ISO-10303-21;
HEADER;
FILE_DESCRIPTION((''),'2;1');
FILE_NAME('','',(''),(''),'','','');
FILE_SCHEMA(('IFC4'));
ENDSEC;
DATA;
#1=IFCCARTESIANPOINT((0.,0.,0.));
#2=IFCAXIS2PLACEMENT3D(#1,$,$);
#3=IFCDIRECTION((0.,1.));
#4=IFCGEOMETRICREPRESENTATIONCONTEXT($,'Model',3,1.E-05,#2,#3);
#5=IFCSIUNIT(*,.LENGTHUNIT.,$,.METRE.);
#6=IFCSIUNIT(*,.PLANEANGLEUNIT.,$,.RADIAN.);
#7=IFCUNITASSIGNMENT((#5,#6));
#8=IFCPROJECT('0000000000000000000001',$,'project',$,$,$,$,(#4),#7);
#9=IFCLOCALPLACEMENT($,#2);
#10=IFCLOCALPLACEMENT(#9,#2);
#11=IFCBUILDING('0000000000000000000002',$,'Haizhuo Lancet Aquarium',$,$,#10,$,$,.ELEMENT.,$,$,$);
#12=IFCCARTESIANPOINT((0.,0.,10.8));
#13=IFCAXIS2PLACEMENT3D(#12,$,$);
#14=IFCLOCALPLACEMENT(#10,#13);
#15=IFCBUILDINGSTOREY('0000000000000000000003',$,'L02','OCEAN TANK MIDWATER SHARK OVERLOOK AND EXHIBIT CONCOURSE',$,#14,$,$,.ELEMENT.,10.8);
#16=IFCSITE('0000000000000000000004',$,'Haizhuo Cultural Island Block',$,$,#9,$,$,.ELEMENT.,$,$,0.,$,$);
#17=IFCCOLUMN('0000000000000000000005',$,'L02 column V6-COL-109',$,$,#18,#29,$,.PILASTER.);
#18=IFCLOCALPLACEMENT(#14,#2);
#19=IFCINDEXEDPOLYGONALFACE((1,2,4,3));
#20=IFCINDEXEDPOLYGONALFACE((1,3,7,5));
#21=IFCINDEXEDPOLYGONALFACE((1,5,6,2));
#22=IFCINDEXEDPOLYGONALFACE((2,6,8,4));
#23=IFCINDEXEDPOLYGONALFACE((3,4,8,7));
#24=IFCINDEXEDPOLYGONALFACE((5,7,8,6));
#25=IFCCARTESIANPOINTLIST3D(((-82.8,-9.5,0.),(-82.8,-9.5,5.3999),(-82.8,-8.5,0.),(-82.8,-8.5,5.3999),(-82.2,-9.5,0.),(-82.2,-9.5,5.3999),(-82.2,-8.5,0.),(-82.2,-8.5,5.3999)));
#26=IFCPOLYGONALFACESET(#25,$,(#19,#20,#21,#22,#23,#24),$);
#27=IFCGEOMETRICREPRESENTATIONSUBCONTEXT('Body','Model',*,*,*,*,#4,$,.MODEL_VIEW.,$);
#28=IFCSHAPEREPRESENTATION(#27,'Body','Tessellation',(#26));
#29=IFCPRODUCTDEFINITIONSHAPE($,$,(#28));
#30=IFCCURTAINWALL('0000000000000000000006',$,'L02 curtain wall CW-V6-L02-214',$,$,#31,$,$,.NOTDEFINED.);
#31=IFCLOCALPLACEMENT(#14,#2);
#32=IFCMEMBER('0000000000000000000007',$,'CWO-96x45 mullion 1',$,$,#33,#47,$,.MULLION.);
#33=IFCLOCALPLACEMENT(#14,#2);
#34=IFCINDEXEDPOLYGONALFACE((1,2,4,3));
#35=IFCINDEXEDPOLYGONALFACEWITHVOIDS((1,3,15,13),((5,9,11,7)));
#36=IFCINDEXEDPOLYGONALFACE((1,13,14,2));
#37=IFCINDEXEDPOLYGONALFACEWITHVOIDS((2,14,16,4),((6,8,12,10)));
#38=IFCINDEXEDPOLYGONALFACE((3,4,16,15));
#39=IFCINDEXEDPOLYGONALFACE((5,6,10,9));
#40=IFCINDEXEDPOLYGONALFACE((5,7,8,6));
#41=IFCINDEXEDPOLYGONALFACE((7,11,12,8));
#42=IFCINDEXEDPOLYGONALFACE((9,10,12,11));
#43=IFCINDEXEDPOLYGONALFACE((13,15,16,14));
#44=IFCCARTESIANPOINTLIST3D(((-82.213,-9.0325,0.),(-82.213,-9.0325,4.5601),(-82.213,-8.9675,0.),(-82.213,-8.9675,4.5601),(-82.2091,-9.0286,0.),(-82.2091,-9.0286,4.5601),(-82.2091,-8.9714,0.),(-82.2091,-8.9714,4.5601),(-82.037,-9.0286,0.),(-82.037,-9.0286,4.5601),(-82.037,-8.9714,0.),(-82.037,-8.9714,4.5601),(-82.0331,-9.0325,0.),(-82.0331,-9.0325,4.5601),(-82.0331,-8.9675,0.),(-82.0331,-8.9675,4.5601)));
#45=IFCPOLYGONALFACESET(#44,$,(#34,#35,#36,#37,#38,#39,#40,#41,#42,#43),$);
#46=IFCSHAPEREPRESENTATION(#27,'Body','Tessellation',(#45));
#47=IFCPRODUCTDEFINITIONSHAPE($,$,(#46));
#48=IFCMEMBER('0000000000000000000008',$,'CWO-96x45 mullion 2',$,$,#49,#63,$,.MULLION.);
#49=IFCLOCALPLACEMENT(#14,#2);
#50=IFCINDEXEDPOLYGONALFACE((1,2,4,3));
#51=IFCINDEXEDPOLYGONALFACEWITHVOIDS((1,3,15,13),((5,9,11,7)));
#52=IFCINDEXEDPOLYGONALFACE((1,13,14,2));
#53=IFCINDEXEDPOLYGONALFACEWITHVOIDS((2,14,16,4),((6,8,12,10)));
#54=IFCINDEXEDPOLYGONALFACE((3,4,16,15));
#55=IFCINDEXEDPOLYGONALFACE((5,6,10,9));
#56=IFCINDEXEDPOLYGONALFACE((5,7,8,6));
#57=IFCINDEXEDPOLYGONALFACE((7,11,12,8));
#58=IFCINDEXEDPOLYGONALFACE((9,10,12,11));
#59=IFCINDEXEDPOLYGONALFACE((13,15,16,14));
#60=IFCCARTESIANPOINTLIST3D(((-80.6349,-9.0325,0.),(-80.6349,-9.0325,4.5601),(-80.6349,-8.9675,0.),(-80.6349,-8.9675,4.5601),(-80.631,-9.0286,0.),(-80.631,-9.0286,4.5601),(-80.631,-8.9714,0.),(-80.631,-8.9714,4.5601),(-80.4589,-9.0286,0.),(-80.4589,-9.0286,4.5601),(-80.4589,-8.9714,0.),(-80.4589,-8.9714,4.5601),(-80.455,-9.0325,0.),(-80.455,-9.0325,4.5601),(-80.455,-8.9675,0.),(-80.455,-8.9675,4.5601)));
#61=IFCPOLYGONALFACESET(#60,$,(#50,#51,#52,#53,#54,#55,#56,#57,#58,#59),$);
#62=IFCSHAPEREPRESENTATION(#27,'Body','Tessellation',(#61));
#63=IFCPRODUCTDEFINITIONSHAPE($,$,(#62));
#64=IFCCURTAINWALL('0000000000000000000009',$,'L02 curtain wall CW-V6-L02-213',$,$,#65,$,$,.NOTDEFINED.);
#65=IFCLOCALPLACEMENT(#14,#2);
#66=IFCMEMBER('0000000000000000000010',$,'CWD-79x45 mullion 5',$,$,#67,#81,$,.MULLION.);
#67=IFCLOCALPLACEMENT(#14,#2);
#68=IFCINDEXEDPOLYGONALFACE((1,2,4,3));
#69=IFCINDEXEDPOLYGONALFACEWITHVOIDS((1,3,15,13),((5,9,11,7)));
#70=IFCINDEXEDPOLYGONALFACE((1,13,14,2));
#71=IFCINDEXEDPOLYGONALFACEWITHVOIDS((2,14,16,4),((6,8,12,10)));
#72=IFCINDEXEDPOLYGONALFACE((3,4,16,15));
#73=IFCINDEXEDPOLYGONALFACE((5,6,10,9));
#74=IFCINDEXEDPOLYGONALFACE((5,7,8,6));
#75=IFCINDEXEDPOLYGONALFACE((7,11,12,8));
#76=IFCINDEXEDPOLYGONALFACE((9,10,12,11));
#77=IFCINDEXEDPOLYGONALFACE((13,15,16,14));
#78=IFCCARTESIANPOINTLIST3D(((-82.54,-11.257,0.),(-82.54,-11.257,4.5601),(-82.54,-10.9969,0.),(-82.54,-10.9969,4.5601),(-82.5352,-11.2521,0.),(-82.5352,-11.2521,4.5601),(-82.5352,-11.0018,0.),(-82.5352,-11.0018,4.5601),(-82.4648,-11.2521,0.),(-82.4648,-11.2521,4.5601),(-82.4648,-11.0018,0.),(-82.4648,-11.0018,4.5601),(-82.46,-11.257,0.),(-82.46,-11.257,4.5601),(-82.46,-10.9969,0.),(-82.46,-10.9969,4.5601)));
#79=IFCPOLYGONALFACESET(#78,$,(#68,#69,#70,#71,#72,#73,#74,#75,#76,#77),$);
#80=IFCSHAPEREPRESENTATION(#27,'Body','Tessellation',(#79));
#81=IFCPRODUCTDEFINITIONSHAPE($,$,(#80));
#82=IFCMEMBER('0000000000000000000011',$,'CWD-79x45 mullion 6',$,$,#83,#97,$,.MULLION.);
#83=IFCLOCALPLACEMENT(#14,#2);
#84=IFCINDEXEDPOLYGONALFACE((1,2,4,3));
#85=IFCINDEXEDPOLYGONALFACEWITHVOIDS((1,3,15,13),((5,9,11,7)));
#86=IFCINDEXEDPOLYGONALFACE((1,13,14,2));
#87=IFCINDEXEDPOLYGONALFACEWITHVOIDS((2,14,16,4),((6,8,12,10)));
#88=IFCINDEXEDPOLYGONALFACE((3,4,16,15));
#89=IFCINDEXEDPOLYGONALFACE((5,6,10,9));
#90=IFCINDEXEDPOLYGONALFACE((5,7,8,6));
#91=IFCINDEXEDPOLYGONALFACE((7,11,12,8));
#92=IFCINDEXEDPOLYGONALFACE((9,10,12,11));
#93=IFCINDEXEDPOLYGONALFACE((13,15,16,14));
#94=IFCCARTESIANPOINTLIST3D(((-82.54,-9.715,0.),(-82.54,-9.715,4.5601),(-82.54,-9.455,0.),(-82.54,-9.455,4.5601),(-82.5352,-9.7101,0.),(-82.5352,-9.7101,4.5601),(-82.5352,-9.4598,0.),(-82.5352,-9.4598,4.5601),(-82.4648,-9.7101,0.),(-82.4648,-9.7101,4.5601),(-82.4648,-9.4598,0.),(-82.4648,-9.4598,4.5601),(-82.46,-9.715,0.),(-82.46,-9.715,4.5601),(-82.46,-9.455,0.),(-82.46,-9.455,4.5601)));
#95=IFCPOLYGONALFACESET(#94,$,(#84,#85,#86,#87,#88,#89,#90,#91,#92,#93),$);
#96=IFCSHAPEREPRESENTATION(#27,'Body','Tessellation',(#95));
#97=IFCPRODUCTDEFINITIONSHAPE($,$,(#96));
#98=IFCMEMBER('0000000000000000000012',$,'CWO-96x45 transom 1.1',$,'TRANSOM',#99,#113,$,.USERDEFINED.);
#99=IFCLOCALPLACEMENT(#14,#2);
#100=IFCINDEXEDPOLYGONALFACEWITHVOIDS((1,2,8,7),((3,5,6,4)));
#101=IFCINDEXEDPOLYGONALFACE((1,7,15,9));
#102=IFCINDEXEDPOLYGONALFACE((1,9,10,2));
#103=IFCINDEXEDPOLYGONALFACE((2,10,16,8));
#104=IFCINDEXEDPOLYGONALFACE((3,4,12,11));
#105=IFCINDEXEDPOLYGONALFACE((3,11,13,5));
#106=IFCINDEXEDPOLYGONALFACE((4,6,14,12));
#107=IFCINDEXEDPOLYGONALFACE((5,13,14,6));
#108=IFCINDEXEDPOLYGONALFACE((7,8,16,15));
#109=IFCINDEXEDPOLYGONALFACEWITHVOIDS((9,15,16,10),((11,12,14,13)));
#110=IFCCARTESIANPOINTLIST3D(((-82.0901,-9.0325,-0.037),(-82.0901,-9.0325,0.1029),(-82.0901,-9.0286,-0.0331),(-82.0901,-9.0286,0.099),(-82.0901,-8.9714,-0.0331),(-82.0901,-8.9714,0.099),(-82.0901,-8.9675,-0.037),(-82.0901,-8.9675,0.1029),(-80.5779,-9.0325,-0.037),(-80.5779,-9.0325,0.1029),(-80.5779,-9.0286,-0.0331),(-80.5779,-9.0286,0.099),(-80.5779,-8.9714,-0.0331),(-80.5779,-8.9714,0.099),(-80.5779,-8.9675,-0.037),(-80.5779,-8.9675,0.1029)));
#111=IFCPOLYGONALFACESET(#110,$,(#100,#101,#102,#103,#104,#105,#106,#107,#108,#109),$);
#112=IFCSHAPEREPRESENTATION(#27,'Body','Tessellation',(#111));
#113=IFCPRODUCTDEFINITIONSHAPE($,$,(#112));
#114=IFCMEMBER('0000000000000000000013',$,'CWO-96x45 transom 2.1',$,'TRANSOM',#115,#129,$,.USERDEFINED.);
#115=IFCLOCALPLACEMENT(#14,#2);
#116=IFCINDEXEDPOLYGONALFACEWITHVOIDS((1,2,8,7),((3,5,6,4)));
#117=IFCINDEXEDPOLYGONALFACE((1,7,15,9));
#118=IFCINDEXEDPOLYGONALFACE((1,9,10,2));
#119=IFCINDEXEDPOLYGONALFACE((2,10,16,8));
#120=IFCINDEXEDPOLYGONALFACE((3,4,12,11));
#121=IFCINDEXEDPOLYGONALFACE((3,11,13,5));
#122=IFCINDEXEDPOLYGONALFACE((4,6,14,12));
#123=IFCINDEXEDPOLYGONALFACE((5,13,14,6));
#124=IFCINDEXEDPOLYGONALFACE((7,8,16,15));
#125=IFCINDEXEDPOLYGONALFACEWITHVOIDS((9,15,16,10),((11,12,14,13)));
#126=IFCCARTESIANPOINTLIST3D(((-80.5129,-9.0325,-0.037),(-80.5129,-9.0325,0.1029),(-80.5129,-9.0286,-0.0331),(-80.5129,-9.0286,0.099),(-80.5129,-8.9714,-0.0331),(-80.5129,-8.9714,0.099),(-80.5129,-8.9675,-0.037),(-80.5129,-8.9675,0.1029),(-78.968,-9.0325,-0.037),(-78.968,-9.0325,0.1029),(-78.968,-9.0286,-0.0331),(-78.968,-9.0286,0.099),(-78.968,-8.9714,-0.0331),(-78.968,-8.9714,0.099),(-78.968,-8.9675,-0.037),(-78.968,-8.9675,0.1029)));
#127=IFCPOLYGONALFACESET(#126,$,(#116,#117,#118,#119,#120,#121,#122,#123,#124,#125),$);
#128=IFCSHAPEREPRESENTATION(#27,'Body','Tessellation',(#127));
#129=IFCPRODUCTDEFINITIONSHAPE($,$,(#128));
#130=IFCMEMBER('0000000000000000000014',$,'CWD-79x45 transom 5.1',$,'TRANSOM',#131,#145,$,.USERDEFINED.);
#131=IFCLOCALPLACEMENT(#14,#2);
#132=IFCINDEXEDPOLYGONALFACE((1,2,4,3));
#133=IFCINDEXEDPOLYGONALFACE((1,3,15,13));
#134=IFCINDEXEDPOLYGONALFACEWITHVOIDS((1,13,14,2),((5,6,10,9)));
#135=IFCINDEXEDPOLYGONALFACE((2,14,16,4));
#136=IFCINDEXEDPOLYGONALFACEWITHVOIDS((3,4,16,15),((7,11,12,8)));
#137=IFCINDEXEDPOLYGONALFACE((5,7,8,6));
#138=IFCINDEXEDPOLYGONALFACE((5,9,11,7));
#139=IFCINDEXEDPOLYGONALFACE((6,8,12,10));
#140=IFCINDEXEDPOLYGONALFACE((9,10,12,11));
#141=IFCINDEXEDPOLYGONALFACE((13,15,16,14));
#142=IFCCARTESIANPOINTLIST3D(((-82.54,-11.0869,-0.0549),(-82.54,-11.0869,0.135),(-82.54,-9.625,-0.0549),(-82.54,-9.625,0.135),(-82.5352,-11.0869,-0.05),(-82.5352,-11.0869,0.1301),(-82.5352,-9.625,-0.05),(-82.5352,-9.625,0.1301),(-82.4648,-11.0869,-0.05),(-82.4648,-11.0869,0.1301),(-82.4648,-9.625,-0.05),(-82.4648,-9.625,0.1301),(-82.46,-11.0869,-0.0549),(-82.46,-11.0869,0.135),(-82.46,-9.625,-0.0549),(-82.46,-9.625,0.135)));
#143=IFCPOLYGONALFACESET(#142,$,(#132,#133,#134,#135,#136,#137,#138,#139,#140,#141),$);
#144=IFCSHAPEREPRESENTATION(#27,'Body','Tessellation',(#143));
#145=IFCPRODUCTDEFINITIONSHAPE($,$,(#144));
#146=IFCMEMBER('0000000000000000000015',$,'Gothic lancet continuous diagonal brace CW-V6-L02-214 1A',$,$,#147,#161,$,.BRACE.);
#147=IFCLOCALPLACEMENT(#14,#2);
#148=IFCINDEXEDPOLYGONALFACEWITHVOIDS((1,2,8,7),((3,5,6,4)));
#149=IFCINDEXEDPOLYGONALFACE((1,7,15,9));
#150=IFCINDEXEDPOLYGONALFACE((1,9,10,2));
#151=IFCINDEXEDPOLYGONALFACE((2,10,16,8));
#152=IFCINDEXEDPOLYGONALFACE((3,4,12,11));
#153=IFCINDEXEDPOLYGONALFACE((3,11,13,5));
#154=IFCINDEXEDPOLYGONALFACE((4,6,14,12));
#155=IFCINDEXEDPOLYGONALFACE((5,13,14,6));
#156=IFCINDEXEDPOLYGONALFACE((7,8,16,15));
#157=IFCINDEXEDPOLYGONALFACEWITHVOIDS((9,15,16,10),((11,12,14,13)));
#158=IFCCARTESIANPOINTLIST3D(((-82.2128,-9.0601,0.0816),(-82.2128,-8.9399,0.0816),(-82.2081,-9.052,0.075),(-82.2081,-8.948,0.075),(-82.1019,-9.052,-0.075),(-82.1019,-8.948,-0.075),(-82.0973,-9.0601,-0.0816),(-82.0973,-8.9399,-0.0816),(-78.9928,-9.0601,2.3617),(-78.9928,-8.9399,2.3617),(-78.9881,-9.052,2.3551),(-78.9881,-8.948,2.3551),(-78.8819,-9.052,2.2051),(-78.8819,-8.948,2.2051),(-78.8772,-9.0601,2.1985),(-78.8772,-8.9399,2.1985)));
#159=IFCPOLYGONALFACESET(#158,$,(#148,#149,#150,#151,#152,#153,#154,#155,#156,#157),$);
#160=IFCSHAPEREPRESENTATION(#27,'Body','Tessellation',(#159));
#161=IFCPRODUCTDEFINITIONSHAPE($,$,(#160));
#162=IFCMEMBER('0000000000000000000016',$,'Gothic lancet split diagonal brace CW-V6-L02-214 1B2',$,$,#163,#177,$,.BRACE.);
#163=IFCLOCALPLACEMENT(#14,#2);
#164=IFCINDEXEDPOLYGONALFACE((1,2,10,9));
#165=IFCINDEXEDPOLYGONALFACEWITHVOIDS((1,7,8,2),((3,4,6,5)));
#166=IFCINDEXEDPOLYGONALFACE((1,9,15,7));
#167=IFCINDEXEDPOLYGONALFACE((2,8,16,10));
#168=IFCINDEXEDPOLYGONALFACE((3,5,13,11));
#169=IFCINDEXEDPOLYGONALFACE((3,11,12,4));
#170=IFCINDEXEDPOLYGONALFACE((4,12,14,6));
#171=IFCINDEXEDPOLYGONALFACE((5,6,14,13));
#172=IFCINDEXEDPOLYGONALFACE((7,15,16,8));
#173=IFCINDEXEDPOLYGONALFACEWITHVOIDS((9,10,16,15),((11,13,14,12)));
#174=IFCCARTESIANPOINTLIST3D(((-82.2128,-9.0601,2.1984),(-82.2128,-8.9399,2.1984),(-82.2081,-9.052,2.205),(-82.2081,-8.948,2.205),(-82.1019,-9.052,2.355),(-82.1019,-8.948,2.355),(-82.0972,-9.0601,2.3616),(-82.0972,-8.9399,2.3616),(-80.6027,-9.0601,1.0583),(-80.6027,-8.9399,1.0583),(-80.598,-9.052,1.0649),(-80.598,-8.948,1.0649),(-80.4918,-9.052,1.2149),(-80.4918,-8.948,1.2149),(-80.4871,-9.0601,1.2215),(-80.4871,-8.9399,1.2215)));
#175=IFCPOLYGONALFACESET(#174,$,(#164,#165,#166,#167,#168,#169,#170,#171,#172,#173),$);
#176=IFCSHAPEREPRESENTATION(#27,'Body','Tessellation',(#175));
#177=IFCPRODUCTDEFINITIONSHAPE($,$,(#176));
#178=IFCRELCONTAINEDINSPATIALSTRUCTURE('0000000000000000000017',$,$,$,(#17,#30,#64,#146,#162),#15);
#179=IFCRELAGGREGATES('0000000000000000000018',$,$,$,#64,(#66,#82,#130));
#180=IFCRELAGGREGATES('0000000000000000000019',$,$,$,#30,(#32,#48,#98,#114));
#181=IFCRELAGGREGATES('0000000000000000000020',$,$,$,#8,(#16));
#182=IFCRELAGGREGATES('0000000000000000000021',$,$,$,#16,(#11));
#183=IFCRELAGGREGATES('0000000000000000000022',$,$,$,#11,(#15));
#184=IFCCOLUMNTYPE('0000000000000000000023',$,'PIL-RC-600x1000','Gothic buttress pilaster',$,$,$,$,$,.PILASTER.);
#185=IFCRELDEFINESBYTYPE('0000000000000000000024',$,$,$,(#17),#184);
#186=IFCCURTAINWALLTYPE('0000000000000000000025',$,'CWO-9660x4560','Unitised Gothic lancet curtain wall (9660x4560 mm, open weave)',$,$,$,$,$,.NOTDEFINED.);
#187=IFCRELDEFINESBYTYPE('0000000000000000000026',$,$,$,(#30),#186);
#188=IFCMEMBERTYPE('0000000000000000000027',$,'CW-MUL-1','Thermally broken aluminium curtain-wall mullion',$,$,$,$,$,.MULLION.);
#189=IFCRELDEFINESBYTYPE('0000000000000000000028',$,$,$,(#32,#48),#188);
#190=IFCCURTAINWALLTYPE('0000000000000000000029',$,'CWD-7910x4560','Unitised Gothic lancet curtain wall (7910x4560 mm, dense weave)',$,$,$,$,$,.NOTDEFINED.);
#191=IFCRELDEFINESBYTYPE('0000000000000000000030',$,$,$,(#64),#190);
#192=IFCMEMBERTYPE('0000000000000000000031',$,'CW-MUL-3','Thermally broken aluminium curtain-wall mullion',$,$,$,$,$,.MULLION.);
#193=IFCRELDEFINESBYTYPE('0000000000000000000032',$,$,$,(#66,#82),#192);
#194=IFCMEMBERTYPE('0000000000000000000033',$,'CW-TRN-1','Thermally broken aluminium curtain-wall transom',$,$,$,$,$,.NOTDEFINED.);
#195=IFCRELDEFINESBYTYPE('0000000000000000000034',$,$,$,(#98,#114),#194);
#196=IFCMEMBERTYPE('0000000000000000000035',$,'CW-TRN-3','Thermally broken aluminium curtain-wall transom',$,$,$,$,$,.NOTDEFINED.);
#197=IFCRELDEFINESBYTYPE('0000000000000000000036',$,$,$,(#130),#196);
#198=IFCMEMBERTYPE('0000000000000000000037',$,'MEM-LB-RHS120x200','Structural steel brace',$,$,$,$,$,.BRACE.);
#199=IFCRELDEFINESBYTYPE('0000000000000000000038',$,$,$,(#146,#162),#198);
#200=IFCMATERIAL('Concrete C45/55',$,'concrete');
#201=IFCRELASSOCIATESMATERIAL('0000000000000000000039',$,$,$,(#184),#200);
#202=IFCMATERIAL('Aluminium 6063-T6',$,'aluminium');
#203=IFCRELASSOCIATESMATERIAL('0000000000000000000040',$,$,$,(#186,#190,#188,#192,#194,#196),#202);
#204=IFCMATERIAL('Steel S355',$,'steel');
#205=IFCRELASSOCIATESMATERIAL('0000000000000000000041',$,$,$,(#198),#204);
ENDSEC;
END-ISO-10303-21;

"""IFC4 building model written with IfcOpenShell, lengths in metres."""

from ifc_helpers import new_model, si_unit, direction, frame, origin, origin_2d, place, context, subcontext, project, spatial, rectangle, hollow_rectangle, extrude, material, material_profile, profile_set, type_object, element, aggregate, save


model = new_model("IFC4")

# Units and contexts
model_context = context("Model", 3, precision=1e-05, world=origin(), true_north=direction((0.0, 1.0)))
body_context = subcontext(model_context, "Body", "Model", "MODEL_VIEW")
ifc_project = project(units=[si_unit("LENGTHUNIT", "METRE"), si_unit("PLANEANGLEUNIT", "RADIAN")], contexts=[model_context])

# Site, building, storey
site_placement = place(None, origin())
site = spatial("IfcSite", under=ifc_project, at=site_placement, Name="Haizhuo Cultural Island Block", CompositionType="ELEMENT", RefElevation=0.0)
building_placement = place(site_placement, origin())
building = spatial("IfcBuilding", under=site, at=building_placement, Name="Haizhuo Lancet Aquarium", CompositionType="ELEMENT")
storey_placement = place(building_placement, frame((0.0, 0.0, 10.8)))
storey = spatial("IfcBuildingStorey", under=building, at=storey_placement, Name="L02", Description="OCEAN TANK MIDWATER SHARK OVERLOOK AND EXHIBIT CONCOURSE", CompositionType="ELEMENT", Elevation=10.8)

# Column
ifc_material_1 = material(Name="Concrete C45/55", Category="concrete")
ifc_material_profile_1 = material_profile(ifc_material_1, rectangle(XDim=0.6001, YDim=1.0, at=origin_2d()), Name="RC-PIL 600x1000")
ifc_profile_set_1 = profile_set([ifc_material_profile_1], Name="Concrete C45/55")
column_type = type_object("IfcColumnType", Name="PIL-RC-600x1000", Description="Gothic buttress pilaster", PredefinedType="PILASTER", material=ifc_profile_set_1)
column_placement = place(storey_placement, frame((-82.5, -9.0, 0.0), z_axis=(0.0, 0.0, 1.0), x_axis=(1.0, 0.0, 0.0)))
element("IfcColumn", 1, at=column_placement, inside=storey, type_object=column_type, Name="L02 column V6-COL-109", PredefinedType="PILASTER", context=body_context, shape_type="SweptSolid", body=[
    extrude(rectangle(XDim=0.6001, YDim=1.0, at=origin_2d()), origin(), (0.0, 0.0, 1.0), 5.3999),
])

# Curtain walls, members
ifc_material_2 = material(Name="Aluminium 6063-T6", Category="aluminium")
curtain_wall_type_1 = type_object("IfcCurtainWallType", Name="CWO-9660x4560", Description="Unitised Gothic lancet curtain wall (9660x4560 mm, open weave)", PredefinedType="NOTDEFINED", material=ifc_material_2)
curtain_wall_1_placement = place(storey_placement, origin())
curtain_wall_1 = element("IfcCurtainWall", 2, at=curtain_wall_1_placement, inside=storey, type_object=curtain_wall_type_1, Name="L02 curtain wall CW-V6-L02-214", PredefinedType="NOTDEFINED")
ifc_material_profile_2 = material_profile(ifc_material_2, hollow_rectangle(XDim=0.0649, YDim=0.1799, WallThickness=0.0039, at=origin_2d()), Name="ALU-M 65x180x4")
ifc_profile_set_2 = profile_set([ifc_material_profile_2], Name="Aluminium 6063-T6")
member_type_1 = type_object("IfcMemberType", Name="CW-MUL-1", Description="Thermally broken aluminium curtain-wall mullion", PredefinedType="MULLION", material=ifc_profile_set_2)
member_1_placement = place(storey_placement, frame((-82.123, -9.0, 0.0), z_axis=(0.0, 0.0, 1.0), x_axis=(0.0, 1.0, 0.0)))
member_1 = element("IfcMember", 3, at=member_1_placement, type_object=member_type_1, Name="CWO-96x45 mullion 1", PredefinedType="MULLION", context=body_context, shape_type="SweptSolid", body=[
    extrude(hollow_rectangle(XDim=0.0649, YDim=0.1799, WallThickness=0.0039, at=origin_2d()), origin(), (0.0, 0.0, 1.0), 4.5601),
])
member_2_placement = place(storey_placement, frame((-80.5449, -9.0, 0.0), z_axis=(0.0, 0.0, 1.0), x_axis=(0.0, 1.0, 0.0)))
member_2 = element("IfcMember", 4, at=member_2_placement, type_object=member_type_1, Name="CWO-96x45 mullion 2", PredefinedType="MULLION", context=body_context, shape_type="SweptSolid", body=[
    extrude(hollow_rectangle(XDim=0.0649, YDim=0.1799, WallThickness=0.0039, at=origin_2d()), origin(), (0.0, 0.0, 1.0), 4.5601),
])
curtain_wall_type_2 = type_object("IfcCurtainWallType", Name="CWD-7910x4560", Description="Unitised Gothic lancet curtain wall (7910x4560 mm, dense weave)", PredefinedType="NOTDEFINED", material=ifc_material_2)
curtain_wall_2_placement = place(storey_placement, origin())
curtain_wall_2 = element("IfcCurtainWall", 5, at=curtain_wall_2_placement, inside=storey, type_object=curtain_wall_type_2, Name="L02 curtain wall CW-V6-L02-213", PredefinedType="NOTDEFINED")
ifc_material_profile_3 = material_profile(ifc_material_2, hollow_rectangle(XDim=0.0801, YDim=0.26, WallThickness=0.0049, at=origin_2d()), Name="ALU-M 80x260x5")
ifc_profile_set_3 = profile_set([ifc_material_profile_3], Name="Aluminium 6063-T6")
member_type_2 = type_object("IfcMemberType", Name="CW-MUL-3", Description="Thermally broken aluminium curtain-wall mullion", PredefinedType="MULLION", material=ifc_profile_set_3)
member_3_placement = place(storey_placement, frame((-82.5, -11.127, 0.0), z_axis=(0.0, 0.0, 1.0), x_axis=(-1.0, 0.0, 0.0)))
member_3 = element("IfcMember", 6, at=member_3_placement, type_object=member_type_2, Name="CWD-79x45 mullion 5", PredefinedType="MULLION", context=body_context, shape_type="SweptSolid", body=[
    extrude(hollow_rectangle(XDim=0.0801, YDim=0.26, WallThickness=0.0049, at=origin_2d()), origin(), (0.0, 0.0, 1.0), 4.5601),
])
member_4_placement = place(storey_placement, frame((-82.5, -9.585, 0.0), z_axis=(0.0, 0.0, 1.0), x_axis=(-1.0, 0.0, 0.0)))
member_4 = element("IfcMember", 7, at=member_4_placement, type_object=member_type_2, Name="CWD-79x45 mullion 6", PredefinedType="MULLION", context=body_context, shape_type="SweptSolid", body=[
    extrude(hollow_rectangle(XDim=0.0801, YDim=0.26, WallThickness=0.0049, at=origin_2d()), origin(), (0.0, 0.0, 1.0), 4.5601),
])

# Members
ifc_material_profile_4 = material_profile(ifc_material_2, hollow_rectangle(XDim=0.0649, YDim=0.1399, WallThickness=0.0039, at=origin_2d()), Name="ALU-T 65x140x4")
ifc_profile_set_4 = profile_set([ifc_material_profile_4], Name="Aluminium 6063-T6")
member_type_3 = type_object("IfcMemberType", Name="CW-TRN-1", Description="Thermally broken aluminium curtain-wall transom", PredefinedType="NOTDEFINED", material=ifc_profile_set_4)
member_5_placement = place(storey_placement, frame((-82.0901, -9.0, 0.033), z_axis=(1.0, 0.0, 0.0), x_axis=(0.0, 1.0, 0.0)))
member_5 = element("IfcMember", 8, at=member_5_placement, type_object=member_type_3, Name="CWO-96x45 transom 1.1", ObjectType="TRANSOM", PredefinedType="USERDEFINED", context=body_context, shape_type="SweptSolid", body=[
    extrude(hollow_rectangle(XDim=0.0649, YDim=0.1399, WallThickness=0.0039, at=origin_2d()), origin(), (0.0, 0.0, 1.0), 1.5122),
])
member_6_placement = place(storey_placement, frame((-80.5129, -9.0, 0.033), z_axis=(1.0, 0.0, 0.0), x_axis=(0.0, 1.0, 0.0)))
member_6 = element("IfcMember", 9, at=member_6_placement, type_object=member_type_3, Name="CWO-96x45 transom 2.1", ObjectType="TRANSOM", PredefinedType="USERDEFINED", context=body_context, shape_type="SweptSolid", body=[
    extrude(hollow_rectangle(XDim=0.0649, YDim=0.1399, WallThickness=0.0039, at=origin_2d()), origin(), (0.0, 0.0, 1.0), 1.5449),
])
ifc_material_profile_5 = material_profile(ifc_material_2, hollow_rectangle(XDim=0.0801, YDim=0.1899, WallThickness=0.0049, at=origin_2d()), Name="ALU-T 80x190x5")
ifc_profile_set_5 = profile_set([ifc_material_profile_5], Name="Aluminium 6063-T6")
member_type_4 = type_object("IfcMemberType", Name="CW-TRN-3", Description="Thermally broken aluminium curtain-wall transom", PredefinedType="NOTDEFINED", material=ifc_profile_set_5)
member_7_placement = place(storey_placement, frame((-82.5, -11.0869, 0.04), z_axis=(0.0, 1.0, 0.0), x_axis=(-1.0, 0.0, 0.0)))
member_7 = element("IfcMember", 10, at=member_7_placement, type_object=member_type_4, Name="CWD-79x45 transom 5.1", ObjectType="TRANSOM", PredefinedType="USERDEFINED", context=body_context, shape_type="SweptSolid", body=[
    extrude(hollow_rectangle(XDim=0.0801, YDim=0.1899, WallThickness=0.0049, at=origin_2d()), origin(), (0.0, 0.0, 1.0), 1.4619),
])

# Members
ifc_material_3 = material(Name="Steel S355", Category="steel")
ifc_material_profile_6 = material_profile(ifc_material_3, hollow_rectangle(XDim=0.1201, YDim=0.2, WallThickness=0.0081, at=origin_2d()), Name="RHS 120x200x8")
ifc_profile_set_6 = profile_set([ifc_material_profile_6], Name="Steel S355")
member_type_5 = type_object("IfcMemberType", Name="MEM-LB-RHS120x200", Description="Structural steel brace", PredefinedType="BRACE", material=ifc_profile_set_6)
member_8_placement = place(storey_placement, frame((-82.155, -9.0, 0.0), z_axis=(0.816118, 0.0, 0.577885), x_axis=(0.0, 1.0, 0.0)))
element("IfcMember", 11, at=member_8_placement, inside=storey, type_object=member_type_5, Name="Gothic lancet continuous diagonal brace CW-V6-L02-214 1A", PredefinedType="BRACE", context=body_context, shape_type="SweptSolid", body=[
    extrude(hollow_rectangle(XDim=0.1201, YDim=0.2, WallThickness=0.0081, at=origin_2d()), origin(), (0.0, 0.0, 1.0), 3.9456),
])
member_9_placement = place(storey_placement, frame((-80.5449, -9.0, 1.1399), z_axis=(-0.81611, 0.0, 0.577897), x_axis=(0.0, -1.0, 0.0)))
element("IfcMember", 12, at=member_9_placement, inside=storey, type_object=member_type_5, Name="Gothic lancet split diagonal brace CW-V6-L02-214 1B2", PredefinedType="BRACE", context=body_context, shape_type="SweptSolid", body=[
    extrude(hollow_rectangle(XDim=0.1201, YDim=0.2, WallThickness=0.0081, at=origin_2d()), origin(), (0.0, 0.0, 1.0), 1.9729),
])

aggregate(curtain_wall_2, [member_3, member_4, member_7])
aggregate(curtain_wall_1, [member_1, member_2, member_5, member_6])

save(model, "model.ifc")
